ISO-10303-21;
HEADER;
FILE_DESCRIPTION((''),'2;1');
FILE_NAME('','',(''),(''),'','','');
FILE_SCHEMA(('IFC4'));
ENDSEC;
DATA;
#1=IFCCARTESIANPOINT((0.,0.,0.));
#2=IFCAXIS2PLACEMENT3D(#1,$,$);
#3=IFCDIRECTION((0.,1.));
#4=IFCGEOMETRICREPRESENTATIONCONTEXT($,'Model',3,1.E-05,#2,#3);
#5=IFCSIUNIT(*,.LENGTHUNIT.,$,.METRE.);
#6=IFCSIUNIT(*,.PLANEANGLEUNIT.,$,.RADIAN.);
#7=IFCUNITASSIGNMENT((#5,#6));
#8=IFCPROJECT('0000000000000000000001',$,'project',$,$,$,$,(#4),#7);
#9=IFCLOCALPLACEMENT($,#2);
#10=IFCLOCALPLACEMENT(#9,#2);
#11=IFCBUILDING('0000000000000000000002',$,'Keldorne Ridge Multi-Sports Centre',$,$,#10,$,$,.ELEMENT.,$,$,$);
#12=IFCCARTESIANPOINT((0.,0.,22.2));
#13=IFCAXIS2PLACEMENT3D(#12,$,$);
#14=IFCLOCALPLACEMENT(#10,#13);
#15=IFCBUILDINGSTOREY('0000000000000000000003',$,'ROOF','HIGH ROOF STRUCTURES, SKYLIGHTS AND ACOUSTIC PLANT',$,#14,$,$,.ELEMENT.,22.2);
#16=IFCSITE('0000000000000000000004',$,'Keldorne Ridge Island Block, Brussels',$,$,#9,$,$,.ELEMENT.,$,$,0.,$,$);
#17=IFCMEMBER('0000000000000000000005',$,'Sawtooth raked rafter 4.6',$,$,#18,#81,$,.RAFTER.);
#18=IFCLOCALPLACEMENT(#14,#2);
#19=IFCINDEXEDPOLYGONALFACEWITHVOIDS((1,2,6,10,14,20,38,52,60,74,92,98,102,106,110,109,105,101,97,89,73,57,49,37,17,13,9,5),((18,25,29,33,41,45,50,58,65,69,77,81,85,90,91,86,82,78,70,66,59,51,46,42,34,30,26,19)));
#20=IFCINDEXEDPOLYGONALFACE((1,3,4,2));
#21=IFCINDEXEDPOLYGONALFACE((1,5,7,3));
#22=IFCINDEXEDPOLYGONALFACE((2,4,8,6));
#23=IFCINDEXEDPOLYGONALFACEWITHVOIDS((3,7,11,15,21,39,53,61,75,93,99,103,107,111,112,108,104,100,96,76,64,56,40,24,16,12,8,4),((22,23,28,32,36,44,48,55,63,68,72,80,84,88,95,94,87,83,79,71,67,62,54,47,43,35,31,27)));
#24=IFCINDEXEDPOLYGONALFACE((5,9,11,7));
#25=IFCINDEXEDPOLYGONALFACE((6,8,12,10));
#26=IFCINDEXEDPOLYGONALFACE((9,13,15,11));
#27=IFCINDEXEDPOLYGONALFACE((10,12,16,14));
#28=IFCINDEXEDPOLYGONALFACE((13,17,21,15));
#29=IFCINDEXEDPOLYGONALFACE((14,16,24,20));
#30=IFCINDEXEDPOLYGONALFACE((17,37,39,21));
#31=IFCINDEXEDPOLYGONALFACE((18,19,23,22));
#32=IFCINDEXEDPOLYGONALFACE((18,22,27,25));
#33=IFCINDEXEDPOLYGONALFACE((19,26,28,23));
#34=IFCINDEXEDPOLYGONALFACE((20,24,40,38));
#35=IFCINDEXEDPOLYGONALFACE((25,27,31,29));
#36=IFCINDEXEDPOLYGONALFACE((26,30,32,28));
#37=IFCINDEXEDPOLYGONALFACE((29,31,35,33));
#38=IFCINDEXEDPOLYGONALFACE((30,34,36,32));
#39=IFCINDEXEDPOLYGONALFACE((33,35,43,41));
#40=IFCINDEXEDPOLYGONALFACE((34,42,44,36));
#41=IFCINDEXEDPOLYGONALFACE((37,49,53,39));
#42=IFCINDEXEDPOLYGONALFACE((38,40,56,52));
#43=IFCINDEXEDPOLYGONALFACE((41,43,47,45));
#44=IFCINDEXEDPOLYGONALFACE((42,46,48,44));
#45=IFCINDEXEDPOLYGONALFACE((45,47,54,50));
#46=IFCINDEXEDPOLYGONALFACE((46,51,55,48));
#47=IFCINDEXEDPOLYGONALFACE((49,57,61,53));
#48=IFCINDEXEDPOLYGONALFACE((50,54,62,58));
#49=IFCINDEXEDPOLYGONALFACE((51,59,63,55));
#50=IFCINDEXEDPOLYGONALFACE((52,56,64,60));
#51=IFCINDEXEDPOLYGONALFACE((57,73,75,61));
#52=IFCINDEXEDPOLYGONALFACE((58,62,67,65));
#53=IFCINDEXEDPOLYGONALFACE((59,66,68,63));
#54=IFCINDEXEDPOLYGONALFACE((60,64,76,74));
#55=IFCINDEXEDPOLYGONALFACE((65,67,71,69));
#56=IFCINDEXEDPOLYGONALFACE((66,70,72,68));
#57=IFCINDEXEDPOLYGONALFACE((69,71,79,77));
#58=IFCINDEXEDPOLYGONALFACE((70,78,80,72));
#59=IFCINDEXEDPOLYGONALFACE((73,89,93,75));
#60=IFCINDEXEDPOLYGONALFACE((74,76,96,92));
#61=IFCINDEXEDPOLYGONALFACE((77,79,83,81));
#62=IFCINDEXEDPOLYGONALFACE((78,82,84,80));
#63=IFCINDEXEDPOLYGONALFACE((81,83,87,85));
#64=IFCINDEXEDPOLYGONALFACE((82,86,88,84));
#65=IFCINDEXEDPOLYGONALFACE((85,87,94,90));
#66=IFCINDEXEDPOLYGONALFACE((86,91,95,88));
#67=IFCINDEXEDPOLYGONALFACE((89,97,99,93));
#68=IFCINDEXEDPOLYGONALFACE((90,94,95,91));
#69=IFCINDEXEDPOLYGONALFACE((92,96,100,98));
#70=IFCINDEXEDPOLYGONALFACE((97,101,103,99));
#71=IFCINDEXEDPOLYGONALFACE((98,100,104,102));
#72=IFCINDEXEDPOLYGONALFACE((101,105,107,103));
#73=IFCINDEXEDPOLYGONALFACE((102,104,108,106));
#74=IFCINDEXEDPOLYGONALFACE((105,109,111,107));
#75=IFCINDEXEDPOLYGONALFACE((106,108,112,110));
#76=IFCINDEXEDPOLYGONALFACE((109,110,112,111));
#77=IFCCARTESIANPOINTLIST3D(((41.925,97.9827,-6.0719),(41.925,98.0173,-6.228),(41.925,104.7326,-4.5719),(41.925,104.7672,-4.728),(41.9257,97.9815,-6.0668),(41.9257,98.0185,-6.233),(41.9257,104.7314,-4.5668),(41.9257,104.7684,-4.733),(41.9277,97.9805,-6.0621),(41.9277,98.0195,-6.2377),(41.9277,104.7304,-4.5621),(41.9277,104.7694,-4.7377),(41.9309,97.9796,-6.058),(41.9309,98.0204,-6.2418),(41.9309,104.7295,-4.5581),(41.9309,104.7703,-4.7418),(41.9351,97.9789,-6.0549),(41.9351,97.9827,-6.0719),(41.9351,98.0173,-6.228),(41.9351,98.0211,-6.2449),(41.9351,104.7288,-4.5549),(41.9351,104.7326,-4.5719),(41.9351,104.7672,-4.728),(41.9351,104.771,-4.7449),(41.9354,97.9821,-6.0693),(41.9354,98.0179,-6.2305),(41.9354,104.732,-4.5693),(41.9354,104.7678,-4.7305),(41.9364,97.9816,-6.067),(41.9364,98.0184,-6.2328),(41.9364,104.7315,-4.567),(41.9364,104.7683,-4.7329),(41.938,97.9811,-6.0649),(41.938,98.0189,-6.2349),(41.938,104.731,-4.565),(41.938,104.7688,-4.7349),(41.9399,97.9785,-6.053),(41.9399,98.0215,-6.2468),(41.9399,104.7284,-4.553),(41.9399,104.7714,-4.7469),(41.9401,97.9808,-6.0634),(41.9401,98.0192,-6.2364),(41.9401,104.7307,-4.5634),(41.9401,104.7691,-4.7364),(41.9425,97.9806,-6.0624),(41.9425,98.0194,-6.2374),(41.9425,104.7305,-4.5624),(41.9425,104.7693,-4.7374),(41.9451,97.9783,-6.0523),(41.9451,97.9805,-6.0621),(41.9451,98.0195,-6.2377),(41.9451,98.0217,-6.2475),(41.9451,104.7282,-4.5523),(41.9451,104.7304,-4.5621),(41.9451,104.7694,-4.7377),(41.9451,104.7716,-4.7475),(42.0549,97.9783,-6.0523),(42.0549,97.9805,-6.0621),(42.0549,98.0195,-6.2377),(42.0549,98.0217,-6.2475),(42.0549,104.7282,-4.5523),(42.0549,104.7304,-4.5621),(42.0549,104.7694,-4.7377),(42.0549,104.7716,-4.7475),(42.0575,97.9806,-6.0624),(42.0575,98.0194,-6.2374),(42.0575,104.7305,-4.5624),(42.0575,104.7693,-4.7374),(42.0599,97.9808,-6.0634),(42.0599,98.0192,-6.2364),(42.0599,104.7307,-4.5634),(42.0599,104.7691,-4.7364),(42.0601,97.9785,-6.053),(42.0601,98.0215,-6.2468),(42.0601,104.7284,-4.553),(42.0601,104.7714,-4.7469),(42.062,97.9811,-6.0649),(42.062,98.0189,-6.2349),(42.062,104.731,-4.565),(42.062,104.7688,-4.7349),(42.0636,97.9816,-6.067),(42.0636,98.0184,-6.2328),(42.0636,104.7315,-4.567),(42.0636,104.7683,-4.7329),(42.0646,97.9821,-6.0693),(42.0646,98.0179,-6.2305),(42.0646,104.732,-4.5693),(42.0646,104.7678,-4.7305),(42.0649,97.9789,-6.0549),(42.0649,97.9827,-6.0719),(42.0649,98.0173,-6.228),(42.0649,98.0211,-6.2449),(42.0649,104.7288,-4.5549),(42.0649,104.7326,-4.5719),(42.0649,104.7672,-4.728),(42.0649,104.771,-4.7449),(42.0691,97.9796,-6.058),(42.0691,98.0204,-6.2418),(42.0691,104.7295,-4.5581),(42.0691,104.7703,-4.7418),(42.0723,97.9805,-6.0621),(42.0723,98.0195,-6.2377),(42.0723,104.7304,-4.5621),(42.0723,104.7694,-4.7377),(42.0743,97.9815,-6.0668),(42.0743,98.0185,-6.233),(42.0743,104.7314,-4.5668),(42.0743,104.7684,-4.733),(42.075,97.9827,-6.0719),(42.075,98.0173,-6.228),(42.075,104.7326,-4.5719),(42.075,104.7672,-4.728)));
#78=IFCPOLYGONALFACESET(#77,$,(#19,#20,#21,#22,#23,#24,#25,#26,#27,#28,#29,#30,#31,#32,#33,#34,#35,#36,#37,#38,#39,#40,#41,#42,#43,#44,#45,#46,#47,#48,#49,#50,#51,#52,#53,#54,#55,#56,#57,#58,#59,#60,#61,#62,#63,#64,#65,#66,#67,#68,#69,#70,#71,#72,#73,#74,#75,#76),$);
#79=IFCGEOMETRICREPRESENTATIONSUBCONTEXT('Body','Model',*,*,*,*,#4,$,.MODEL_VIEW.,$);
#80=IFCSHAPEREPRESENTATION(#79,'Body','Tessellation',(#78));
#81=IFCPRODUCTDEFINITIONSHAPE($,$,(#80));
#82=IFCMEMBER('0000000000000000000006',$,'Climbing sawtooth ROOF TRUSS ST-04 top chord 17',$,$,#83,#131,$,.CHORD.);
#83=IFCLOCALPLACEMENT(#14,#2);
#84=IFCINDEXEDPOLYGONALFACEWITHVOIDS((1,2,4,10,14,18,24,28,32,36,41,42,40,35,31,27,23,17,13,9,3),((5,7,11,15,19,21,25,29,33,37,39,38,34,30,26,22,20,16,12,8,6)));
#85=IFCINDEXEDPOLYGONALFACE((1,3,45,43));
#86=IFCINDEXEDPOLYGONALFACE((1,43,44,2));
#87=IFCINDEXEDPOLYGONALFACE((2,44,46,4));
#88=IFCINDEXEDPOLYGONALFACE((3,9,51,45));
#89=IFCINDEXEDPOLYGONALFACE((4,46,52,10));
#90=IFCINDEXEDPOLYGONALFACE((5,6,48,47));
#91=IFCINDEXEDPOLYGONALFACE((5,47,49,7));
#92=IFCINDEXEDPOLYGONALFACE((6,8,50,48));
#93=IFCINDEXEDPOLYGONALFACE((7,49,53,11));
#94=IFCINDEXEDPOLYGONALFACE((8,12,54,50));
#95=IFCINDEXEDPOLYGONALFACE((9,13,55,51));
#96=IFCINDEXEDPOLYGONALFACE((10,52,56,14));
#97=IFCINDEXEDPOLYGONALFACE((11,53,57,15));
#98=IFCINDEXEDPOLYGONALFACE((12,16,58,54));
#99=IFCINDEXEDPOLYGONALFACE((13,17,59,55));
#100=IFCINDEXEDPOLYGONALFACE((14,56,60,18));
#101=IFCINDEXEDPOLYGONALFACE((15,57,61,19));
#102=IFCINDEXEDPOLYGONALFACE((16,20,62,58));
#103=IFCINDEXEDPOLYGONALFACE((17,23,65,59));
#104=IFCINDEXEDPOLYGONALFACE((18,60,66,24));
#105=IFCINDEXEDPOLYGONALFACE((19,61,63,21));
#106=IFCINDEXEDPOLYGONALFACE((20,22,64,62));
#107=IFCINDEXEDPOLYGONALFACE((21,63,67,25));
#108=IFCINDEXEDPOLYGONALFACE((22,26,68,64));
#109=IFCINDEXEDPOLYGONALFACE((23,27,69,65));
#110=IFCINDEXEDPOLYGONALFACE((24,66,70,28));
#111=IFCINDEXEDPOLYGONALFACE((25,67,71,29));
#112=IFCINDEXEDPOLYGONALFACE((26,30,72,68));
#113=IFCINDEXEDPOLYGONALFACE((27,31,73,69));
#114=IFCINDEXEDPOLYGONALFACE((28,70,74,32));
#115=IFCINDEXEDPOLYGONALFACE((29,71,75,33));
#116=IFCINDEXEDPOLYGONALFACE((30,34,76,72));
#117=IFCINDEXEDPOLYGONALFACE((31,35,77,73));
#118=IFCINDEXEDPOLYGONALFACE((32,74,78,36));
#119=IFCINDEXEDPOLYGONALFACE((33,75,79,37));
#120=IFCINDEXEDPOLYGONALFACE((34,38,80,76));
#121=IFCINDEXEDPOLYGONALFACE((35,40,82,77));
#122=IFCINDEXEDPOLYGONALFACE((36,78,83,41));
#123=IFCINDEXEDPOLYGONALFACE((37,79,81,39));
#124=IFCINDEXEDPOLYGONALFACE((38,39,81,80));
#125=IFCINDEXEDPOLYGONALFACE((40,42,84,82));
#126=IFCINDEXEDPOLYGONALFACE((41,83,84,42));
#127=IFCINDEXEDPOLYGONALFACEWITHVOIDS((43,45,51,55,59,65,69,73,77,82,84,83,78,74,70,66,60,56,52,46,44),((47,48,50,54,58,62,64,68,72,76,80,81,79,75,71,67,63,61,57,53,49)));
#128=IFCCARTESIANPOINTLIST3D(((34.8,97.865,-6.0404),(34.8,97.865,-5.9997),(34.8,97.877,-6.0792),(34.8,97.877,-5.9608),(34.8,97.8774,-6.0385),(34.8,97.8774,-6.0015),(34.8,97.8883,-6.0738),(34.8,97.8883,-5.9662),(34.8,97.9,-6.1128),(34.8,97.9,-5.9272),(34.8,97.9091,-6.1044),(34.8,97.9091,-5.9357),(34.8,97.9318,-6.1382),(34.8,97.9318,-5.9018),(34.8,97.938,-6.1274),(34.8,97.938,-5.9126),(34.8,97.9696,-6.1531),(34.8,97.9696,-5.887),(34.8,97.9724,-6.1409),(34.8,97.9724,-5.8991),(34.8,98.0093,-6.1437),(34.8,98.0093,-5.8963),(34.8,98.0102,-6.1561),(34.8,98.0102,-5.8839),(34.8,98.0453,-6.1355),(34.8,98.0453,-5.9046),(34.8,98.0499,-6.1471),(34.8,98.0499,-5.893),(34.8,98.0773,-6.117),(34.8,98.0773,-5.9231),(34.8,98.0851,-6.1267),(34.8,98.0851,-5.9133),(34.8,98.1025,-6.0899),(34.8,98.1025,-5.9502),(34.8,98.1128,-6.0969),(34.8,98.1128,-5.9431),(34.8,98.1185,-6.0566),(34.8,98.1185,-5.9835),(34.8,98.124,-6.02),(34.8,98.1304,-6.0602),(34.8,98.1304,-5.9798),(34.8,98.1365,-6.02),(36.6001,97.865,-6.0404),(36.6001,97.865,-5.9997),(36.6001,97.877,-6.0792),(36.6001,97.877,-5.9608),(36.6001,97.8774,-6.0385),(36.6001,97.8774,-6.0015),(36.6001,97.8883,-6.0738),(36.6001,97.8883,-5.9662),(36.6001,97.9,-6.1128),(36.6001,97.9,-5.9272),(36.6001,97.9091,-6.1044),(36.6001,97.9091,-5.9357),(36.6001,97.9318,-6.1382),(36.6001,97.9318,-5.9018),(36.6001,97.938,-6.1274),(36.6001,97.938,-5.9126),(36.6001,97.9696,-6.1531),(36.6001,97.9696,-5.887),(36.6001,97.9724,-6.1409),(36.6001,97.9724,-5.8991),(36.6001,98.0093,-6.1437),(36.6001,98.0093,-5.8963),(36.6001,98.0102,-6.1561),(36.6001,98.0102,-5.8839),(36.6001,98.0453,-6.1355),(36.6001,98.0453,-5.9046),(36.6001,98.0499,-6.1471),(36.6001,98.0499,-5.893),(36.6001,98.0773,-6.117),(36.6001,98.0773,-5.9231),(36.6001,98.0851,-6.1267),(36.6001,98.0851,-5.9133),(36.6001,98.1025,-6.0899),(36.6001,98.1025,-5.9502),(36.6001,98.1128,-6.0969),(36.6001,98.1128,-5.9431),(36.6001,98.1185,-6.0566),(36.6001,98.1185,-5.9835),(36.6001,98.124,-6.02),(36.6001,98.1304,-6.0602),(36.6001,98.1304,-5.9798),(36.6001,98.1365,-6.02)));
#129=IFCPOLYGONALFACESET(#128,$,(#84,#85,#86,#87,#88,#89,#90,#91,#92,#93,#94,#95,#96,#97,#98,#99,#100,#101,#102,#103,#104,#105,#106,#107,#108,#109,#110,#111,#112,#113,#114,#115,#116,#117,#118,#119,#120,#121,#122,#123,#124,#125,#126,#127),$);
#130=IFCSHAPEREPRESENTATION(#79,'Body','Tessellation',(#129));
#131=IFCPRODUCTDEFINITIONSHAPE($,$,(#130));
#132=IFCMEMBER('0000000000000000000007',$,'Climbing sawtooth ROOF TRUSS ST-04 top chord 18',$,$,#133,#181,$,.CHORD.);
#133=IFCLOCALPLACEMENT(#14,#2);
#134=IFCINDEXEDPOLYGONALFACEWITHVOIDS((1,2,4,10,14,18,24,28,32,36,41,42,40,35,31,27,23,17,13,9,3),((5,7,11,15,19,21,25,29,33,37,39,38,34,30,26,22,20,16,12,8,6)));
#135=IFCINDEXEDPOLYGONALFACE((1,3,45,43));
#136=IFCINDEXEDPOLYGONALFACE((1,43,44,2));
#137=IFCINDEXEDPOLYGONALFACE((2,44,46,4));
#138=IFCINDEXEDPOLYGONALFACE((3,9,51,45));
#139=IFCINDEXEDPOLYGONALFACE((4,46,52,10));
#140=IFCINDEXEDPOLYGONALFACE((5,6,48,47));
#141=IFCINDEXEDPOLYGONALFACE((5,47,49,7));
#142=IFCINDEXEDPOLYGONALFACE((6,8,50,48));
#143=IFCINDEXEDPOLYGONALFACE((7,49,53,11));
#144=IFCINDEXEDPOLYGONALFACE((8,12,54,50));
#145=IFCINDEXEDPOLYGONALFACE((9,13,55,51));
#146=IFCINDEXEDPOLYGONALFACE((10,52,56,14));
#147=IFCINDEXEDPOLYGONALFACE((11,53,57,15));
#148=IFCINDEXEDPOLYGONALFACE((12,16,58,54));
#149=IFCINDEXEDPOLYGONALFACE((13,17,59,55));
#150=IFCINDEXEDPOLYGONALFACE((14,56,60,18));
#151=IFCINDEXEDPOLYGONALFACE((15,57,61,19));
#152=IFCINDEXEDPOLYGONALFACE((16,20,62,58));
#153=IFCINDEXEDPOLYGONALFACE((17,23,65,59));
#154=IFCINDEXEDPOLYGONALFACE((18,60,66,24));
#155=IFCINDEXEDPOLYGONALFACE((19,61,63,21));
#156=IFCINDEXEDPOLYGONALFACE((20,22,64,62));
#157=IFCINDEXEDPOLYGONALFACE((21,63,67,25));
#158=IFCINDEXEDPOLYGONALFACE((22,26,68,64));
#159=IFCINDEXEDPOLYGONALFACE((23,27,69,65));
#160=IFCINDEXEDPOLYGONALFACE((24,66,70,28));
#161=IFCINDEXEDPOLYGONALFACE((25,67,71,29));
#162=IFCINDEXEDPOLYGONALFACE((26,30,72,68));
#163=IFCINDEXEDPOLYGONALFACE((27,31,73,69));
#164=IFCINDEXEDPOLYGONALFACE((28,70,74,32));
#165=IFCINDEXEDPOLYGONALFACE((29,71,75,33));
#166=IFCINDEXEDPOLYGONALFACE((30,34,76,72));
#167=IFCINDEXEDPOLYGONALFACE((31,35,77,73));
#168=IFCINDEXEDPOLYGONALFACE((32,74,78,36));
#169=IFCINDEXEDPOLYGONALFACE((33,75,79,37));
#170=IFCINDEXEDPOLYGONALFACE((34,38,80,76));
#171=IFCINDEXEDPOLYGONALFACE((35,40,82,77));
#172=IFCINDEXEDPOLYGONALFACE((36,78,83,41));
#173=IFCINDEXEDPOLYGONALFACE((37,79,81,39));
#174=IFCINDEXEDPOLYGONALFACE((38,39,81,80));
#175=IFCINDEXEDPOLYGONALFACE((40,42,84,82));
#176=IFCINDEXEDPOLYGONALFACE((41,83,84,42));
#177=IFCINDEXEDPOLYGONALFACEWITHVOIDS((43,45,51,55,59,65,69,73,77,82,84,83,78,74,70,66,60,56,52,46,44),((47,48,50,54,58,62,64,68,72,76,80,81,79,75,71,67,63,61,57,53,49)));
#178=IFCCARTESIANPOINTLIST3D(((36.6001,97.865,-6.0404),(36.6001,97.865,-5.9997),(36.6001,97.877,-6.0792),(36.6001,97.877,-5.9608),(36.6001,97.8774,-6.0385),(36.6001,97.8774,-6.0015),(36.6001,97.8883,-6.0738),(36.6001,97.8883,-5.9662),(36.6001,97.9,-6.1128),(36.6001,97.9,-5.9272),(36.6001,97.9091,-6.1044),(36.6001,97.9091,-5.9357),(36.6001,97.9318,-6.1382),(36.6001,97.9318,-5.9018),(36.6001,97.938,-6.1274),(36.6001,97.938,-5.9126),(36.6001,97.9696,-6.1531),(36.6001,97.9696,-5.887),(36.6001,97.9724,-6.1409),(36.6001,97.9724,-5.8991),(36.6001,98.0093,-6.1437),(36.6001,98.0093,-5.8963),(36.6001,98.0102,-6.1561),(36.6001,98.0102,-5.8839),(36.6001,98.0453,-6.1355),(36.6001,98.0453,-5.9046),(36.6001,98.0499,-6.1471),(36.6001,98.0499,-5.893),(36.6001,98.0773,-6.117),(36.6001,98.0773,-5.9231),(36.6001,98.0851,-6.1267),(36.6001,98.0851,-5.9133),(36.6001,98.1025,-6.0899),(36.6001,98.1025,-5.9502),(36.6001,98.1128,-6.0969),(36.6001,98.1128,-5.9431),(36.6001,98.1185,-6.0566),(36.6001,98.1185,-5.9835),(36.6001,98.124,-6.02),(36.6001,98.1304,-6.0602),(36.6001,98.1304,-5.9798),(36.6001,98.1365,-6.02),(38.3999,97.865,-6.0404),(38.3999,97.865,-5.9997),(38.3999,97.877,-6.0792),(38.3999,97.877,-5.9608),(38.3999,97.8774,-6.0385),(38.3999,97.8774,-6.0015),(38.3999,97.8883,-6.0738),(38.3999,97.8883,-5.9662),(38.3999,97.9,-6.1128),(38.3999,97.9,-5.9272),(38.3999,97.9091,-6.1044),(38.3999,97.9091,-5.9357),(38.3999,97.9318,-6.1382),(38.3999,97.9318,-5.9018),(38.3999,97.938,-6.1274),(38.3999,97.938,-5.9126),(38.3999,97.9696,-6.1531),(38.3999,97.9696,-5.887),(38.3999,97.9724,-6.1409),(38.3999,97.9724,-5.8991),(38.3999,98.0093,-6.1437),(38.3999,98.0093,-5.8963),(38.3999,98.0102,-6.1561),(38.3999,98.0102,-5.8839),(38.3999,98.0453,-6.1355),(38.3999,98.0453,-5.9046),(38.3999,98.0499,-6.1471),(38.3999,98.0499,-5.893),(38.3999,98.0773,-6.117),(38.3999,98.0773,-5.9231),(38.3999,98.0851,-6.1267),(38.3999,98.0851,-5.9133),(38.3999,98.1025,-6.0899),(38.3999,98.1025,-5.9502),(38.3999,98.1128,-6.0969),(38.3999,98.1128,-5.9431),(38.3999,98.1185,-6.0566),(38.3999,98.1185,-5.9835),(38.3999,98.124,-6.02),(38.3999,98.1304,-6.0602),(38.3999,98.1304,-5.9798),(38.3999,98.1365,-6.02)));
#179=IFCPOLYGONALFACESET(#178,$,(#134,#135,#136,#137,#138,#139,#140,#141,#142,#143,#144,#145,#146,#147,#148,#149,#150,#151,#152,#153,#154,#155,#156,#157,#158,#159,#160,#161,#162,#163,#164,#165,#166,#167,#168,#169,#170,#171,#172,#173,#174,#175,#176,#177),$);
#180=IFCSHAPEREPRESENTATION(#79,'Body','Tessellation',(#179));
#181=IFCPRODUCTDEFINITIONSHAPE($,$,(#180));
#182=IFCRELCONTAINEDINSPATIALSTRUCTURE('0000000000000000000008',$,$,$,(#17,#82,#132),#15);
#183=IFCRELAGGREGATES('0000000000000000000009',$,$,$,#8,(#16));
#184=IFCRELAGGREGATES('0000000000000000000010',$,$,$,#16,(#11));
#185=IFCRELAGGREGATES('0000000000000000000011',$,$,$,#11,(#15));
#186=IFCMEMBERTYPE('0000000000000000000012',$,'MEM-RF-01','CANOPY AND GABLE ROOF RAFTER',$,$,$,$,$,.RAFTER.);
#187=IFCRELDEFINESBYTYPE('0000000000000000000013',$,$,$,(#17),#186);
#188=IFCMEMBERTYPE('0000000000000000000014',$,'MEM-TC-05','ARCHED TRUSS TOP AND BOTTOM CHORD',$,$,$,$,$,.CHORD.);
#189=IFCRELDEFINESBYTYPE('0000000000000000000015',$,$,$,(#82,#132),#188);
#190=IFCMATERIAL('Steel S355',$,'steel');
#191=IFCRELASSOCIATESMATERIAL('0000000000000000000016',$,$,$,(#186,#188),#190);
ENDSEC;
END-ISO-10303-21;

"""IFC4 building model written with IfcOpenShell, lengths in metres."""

from ifc_helpers import new_model, si_unit, direction, frame, origin, origin_2d, place, context, subcontext, project, spatial, hollow_rectangle, hollow_circle, extrude, material, material_profile, profile_set, type_object, element, save


model = new_model("IFC4")

# Units and contexts
model_context = context("Model", 3, precision=1e-05, world=origin(), true_north=direction((0.0, 1.0)))
body_context = subcontext(model_context, "Body", "Model", "MODEL_VIEW")
ifc_project = project(units=[si_unit("LENGTHUNIT", "METRE"), si_unit("PLANEANGLEUNIT", "RADIAN")], contexts=[model_context])

# Site, building, storey
site_placement = place(None, origin())
site = spatial("IfcSite", under=ifc_project, at=site_placement, Name="Keldorne Ridge Island Block, Brussels", CompositionType="ELEMENT", RefElevation=0.0)
building_placement = place(site_placement, origin())
building = spatial("IfcBuilding", under=site, at=building_placement, Name="Keldorne Ridge Multi-Sports Centre", CompositionType="ELEMENT")
storey_placement = place(building_placement, frame((0.0, 0.0, 22.2)))
storey = spatial("IfcBuildingStorey", under=building, at=storey_placement, Name="ROOF", Description="HIGH ROOF STRUCTURES, SKYLIGHTS AND ACOUSTIC PLANT", CompositionType="ELEMENT", Elevation=22.2)

# Shared definitions
ifc_material_1 = material(Name="Steel S355", Category="steel")

# Members
ifc_material_profile_1 = material_profile(ifc_material_1, hollow_rectangle(XDim=0.1499, YDim=0.2, WallThickness=0.01, InnerFilletRadius=0.01, OuterFilletRadius=0.02, at=origin_2d()), Name="RHS 200x150x10")
ifc_profile_set_1 = profile_set([ifc_material_profile_1], Name="Steel S355")
member_type_1 = type_object("IfcMemberType", Name="MEM-RF-01", Description="CANOPY AND GABLE ROOF RAFTER", PredefinedType="RAFTER", material=ifc_profile_set_1)
member_1_placement = place(storey_placement, frame((42.0, 98.0, -6.1499), z_axis=(0.0, 0.976187, 0.21693), x_axis=(-1.0, 0.0, 0.0)))
element("IfcMember", 1, at=member_1_placement, inside=storey, type_object=member_type_1, Name="Sawtooth raked rafter 4.6", PredefinedType="RAFTER", context=body_context, shape_type="SweptSolid", body=[
    extrude(hollow_rectangle(XDim=0.1499, YDim=0.2, WallThickness=0.01, InnerFilletRadius=0.01, OuterFilletRadius=0.02, at=origin_2d()), origin(), (0.0, 0.0, 1.0), 6.9146),
])
ifc_material_profile_2 = material_profile(ifc_material_1, hollow_circle(Radius=0.1365, WallThickness=0.0125, at=origin_2d()), Name="CHS 273x12.5")
ifc_profile_set_2 = profile_set([ifc_material_profile_2], Name="Steel S355")
member_type_2 = type_object("IfcMemberType", Name="MEM-TC-05", Description="ARCHED TRUSS TOP AND BOTTOM CHORD", PredefinedType="CHORD", material=ifc_profile_set_2)
member_2_placement = place(storey_placement, frame((34.8, 98.0, -6.02), z_axis=(1.0, 0.0, 0.0), x_axis=(0.0, 1.0, 0.0)))
element("IfcMember", 2, at=member_2_placement, inside=storey, type_object=member_type_2, Name="Climbing sawtooth ROOF TRUSS ST-04 top chord 17", PredefinedType="CHORD", context=body_context, shape_type="SweptSolid", body=[
    extrude(hollow_circle(Radius=0.1365, WallThickness=0.0125, at=origin_2d()), origin(), (0.0, 0.0, 1.0), 1.8),
])
member_3_placement = place(storey_placement, frame((36.6001, 98.0, -6.02), z_axis=(1.0, 0.0, 0.0), x_axis=(0.0, 1.0, 0.0)))
element("IfcMember", 3, at=member_3_placement, inside=storey, type_object=member_type_2, Name="Climbing sawtooth ROOF TRUSS ST-04 top chord 18", PredefinedType="CHORD", context=body_context, shape_type="SweptSolid", body=[
    extrude(hollow_circle(Radius=0.1365, WallThickness=0.0125, at=origin_2d()), origin(), (0.0, 0.0, 1.0), 1.7998),
])

save(model, "model.ifc")
